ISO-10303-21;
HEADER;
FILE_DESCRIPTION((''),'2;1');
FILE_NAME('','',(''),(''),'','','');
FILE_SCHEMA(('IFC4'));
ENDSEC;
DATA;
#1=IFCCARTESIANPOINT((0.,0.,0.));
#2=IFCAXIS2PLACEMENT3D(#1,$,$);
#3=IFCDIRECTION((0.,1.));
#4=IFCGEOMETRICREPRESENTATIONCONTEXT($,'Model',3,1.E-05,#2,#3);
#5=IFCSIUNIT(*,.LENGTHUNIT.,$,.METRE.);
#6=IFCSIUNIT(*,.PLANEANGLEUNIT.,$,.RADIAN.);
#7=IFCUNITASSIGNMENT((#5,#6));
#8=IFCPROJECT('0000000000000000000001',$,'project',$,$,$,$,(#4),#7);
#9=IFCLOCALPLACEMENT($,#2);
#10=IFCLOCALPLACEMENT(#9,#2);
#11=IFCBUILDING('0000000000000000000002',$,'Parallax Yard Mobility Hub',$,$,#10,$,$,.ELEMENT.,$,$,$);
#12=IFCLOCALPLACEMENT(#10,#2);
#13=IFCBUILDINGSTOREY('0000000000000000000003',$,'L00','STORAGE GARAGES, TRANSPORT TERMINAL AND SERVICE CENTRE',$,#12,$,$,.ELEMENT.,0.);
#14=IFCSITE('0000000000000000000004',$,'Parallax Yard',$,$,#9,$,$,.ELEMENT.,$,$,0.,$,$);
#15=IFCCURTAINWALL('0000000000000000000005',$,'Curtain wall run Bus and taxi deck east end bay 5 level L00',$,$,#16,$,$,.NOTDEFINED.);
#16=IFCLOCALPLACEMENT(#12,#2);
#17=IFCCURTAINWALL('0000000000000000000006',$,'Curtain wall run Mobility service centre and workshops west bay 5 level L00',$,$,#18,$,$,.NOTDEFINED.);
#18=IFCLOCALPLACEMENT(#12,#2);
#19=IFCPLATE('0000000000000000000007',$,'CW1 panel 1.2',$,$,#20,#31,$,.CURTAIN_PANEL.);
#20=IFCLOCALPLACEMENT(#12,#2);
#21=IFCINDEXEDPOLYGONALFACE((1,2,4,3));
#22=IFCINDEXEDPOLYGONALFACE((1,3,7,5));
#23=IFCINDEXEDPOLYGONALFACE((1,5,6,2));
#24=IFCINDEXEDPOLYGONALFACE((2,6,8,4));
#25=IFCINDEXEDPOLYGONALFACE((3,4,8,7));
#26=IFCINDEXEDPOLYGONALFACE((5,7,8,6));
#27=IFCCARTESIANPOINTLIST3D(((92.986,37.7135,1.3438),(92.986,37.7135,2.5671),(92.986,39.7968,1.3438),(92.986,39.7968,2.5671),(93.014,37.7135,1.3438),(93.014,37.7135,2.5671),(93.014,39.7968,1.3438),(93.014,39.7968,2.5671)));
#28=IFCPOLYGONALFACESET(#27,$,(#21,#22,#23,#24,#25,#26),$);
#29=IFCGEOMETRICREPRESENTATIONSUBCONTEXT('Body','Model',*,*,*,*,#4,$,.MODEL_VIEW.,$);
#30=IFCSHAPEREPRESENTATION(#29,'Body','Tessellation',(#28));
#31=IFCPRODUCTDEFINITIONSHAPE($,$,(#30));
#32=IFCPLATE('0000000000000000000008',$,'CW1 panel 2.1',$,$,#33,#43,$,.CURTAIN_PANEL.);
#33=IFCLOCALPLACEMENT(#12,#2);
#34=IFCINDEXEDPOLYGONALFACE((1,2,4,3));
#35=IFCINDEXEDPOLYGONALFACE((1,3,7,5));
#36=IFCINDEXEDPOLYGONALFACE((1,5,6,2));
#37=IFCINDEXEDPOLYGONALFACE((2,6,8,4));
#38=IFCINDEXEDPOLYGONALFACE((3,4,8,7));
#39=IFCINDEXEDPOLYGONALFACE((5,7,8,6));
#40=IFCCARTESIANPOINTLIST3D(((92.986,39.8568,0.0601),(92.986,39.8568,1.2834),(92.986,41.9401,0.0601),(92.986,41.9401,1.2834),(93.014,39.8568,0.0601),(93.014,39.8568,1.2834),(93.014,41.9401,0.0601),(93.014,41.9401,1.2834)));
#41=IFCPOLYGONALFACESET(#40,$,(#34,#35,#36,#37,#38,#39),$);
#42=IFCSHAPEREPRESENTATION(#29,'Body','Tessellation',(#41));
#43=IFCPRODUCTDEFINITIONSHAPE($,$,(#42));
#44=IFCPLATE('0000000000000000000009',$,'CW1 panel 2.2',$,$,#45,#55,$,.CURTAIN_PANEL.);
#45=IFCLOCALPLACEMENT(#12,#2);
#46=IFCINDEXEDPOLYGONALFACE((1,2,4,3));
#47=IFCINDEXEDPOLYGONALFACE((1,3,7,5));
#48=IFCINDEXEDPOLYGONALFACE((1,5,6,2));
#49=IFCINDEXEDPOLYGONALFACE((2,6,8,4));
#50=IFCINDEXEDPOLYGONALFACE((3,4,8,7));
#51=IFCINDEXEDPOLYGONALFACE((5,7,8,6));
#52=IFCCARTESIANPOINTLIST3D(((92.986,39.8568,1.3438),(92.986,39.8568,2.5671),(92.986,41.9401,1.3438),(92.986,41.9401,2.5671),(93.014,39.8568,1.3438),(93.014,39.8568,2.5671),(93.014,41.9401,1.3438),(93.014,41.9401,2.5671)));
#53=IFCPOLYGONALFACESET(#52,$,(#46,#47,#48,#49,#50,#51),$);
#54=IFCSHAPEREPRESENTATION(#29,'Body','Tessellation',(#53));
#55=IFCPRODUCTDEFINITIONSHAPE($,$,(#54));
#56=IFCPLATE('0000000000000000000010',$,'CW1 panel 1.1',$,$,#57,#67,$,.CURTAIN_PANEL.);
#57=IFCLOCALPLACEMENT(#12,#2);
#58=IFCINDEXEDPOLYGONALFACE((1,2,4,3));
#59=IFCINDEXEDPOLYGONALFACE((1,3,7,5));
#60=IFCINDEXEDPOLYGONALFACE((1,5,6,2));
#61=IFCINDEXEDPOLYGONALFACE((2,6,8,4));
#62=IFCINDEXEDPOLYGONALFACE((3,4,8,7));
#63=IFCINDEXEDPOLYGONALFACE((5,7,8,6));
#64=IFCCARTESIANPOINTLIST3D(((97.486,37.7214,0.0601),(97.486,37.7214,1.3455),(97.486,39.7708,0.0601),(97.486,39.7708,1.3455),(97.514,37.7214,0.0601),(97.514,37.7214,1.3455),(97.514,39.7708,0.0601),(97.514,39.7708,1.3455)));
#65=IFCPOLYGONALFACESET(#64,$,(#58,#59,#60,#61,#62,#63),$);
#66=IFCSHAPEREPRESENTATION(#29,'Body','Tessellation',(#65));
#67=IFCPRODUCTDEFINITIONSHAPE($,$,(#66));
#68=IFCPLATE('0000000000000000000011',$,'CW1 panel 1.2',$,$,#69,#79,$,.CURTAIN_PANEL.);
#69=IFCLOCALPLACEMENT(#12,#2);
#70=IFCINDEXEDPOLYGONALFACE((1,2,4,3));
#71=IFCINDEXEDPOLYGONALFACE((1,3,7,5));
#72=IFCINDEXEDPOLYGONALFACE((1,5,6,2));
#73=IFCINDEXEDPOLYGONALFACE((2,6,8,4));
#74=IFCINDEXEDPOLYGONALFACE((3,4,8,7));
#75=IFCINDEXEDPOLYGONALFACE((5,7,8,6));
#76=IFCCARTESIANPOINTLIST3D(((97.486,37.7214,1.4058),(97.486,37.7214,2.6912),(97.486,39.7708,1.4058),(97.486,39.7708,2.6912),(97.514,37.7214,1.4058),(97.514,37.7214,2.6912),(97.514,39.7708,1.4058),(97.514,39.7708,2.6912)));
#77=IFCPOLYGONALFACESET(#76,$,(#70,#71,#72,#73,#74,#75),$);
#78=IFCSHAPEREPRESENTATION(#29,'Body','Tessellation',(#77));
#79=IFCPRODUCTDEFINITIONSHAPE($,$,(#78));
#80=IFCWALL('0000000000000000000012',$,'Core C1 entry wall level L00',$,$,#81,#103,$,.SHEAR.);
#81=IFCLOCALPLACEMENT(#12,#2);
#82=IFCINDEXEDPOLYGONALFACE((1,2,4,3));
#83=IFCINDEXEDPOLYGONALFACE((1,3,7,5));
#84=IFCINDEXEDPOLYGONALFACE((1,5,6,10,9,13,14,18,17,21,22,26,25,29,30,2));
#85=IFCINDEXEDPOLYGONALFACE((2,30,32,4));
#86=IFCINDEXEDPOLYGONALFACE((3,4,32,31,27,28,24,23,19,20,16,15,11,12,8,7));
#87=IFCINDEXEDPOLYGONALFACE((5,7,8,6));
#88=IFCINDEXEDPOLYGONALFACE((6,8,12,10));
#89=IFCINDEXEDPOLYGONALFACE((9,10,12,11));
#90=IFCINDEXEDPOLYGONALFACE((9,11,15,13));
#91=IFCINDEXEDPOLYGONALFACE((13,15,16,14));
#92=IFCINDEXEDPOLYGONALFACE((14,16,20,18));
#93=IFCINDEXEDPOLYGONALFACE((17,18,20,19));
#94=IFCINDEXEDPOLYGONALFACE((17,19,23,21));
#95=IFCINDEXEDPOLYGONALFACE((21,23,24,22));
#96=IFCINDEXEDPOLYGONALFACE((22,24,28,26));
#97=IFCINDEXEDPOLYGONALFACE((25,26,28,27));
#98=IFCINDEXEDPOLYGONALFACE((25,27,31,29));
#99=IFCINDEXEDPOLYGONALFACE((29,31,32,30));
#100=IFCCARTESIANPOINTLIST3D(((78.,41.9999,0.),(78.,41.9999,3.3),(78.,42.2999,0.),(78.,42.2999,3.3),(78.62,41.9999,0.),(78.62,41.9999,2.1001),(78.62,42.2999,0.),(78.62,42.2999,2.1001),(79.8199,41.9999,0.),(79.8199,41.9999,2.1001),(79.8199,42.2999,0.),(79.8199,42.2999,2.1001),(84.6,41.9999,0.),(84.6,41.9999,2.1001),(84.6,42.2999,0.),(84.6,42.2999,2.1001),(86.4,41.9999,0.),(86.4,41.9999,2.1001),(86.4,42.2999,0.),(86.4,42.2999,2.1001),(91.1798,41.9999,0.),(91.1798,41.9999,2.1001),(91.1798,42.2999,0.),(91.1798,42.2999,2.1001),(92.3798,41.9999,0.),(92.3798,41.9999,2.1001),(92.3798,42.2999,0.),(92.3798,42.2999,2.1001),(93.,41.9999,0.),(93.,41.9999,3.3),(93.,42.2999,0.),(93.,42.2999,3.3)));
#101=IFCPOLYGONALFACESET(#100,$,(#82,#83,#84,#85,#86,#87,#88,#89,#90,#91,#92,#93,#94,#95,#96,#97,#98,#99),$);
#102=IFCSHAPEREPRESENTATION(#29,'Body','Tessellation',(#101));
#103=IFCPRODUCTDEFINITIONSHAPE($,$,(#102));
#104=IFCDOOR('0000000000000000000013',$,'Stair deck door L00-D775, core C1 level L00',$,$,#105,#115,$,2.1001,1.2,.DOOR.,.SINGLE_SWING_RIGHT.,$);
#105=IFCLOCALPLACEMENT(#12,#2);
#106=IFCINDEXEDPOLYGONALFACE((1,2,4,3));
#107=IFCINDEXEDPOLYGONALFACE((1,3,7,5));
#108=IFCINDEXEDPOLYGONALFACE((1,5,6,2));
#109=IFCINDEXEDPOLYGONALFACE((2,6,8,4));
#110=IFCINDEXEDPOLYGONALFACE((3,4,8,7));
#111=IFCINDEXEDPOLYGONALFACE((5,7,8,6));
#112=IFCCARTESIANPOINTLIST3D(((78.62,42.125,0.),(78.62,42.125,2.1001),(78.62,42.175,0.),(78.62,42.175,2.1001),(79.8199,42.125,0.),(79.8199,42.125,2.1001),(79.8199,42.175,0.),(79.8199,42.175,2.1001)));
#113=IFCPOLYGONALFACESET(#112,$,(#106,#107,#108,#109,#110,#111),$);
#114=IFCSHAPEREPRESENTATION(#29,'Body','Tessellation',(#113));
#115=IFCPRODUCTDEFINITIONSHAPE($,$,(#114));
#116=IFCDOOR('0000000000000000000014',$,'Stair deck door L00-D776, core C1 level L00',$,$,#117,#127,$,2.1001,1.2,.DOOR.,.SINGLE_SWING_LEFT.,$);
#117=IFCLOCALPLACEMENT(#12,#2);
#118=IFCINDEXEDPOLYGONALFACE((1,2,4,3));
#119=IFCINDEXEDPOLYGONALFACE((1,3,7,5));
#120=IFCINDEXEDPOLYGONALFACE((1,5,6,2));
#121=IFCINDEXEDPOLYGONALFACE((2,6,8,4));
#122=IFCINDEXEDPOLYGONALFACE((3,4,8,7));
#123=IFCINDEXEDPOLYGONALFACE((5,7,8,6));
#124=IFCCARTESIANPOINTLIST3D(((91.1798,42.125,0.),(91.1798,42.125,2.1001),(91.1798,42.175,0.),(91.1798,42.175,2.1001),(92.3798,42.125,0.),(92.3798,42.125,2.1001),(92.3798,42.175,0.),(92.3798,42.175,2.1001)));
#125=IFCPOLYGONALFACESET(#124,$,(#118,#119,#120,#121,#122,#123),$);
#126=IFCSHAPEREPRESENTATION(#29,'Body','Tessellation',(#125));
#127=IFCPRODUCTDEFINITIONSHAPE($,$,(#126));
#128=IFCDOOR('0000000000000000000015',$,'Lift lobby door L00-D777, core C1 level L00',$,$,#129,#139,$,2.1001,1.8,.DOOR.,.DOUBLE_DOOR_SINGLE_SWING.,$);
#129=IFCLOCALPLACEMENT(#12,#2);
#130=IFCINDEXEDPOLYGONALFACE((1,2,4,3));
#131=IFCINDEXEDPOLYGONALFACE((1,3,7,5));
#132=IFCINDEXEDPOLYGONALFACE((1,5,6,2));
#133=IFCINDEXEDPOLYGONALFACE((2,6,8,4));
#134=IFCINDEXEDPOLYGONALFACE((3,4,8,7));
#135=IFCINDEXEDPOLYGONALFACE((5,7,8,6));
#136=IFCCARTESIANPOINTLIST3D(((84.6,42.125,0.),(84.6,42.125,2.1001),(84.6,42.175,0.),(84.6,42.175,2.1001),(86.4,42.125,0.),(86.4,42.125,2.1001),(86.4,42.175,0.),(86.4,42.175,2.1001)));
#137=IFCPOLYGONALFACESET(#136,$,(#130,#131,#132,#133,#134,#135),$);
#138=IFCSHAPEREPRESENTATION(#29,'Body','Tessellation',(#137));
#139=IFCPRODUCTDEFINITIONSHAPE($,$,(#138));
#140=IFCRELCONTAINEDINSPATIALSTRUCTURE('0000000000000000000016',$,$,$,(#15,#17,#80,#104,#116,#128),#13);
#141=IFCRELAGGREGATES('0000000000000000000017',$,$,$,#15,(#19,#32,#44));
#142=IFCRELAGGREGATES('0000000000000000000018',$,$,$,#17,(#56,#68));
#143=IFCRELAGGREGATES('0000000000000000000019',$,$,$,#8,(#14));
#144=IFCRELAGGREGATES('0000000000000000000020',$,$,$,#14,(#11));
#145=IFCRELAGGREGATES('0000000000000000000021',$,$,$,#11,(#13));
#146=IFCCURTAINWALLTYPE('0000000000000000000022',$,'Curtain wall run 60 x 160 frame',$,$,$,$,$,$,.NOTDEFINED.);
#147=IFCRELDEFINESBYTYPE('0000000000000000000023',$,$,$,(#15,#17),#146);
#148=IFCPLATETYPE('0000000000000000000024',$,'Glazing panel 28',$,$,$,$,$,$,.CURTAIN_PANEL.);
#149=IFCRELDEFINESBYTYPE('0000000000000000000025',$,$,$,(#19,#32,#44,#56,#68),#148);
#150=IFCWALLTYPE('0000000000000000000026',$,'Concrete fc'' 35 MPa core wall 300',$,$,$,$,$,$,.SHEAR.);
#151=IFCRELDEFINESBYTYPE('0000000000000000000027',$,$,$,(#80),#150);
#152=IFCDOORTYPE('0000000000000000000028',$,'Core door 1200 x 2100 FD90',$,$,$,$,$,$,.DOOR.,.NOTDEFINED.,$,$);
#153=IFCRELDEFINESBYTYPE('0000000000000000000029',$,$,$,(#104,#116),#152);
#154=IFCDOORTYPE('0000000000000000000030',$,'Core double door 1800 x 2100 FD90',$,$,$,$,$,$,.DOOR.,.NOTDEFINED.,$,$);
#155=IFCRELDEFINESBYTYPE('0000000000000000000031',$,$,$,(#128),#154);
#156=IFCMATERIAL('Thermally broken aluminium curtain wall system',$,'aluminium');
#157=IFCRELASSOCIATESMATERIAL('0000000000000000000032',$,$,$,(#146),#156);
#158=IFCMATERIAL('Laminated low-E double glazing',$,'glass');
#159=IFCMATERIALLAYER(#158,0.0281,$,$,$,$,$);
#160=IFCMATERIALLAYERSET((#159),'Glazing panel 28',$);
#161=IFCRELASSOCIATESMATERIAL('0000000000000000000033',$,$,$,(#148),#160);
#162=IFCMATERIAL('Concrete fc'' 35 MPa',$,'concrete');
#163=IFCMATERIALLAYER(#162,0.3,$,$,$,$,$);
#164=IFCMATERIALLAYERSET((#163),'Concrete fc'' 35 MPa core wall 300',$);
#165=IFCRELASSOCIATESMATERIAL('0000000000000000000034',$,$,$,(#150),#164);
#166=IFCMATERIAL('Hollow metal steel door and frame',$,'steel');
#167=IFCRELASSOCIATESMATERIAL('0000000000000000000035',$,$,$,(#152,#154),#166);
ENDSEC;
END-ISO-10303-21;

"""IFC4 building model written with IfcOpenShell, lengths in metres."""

from ifc_helpers import new_model, si_unit, direction, frame, frame_2d, origin, origin_2d, place, context, subcontext, project, spatial, rectangle, extrude, material, layer, layer_set, type_object, element, fill, aggregate, save


model = new_model("IFC4")

# Units and contexts
model_context = context("Model", 3, precision=1e-05, world=origin(), true_north=direction((0.0, 1.0)))
body_context = subcontext(model_context, "Body", "Model", "MODEL_VIEW")
ifc_project = project(units=[si_unit("LENGTHUNIT", "METRE"), si_unit("PLANEANGLEUNIT", "RADIAN")], contexts=[model_context])

# Site, building, storey
site_placement = place(None, origin())
site = spatial("IfcSite", under=ifc_project, at=site_placement, Name="Parallax Yard", CompositionType="ELEMENT", RefElevation=0.0)
building_placement = place(site_placement, origin())
building = spatial("IfcBuilding", under=site, at=building_placement, Name="Parallax Yard Mobility Hub", CompositionType="ELEMENT")
storey_placement = place(building_placement, origin())
storey = spatial("IfcBuildingStorey", under=building, at=storey_placement, Name="L00", Description="STORAGE GARAGES, TRANSPORT TERMINAL AND SERVICE CENTRE", CompositionType="ELEMENT", Elevation=0.0)

# Curtain wall
ifc_material_1 = material(Name="Thermally broken aluminium curtain wall system", Category="aluminium")
curtain_wall_type = type_object("IfcCurtainWallType", Name="Curtain wall run 60 x 160 frame", PredefinedType="NOTDEFINED", material=ifc_material_1)
curtain_wall_1_placement = place(storey_placement, origin())
curtain_wall_1 = element("IfcCurtainWall", 1, at=curtain_wall_1_placement, inside=storey, type_object=curtain_wall_type, Name="Curtain wall run Bus and taxi deck east end bay 5 level L00", PredefinedType="NOTDEFINED")

# Curtain wall
curtain_wall_2_placement = place(storey_placement, origin())
curtain_wall_2 = element("IfcCurtainWall", 2, at=curtain_wall_2_placement, inside=storey, type_object=curtain_wall_type, Name="Curtain wall run Mobility service centre and workshops west bay 5 level L00", PredefinedType="NOTDEFINED")

# Plates
ifc_material_2 = material(Name="Laminated low-E double glazing", Category="glass")
ifc_layer_1 = layer(ifc_material_2, 0.0281)
ifc_layer_set_1 = layer_set([ifc_layer_1], Name="Glazing panel 28")
plate_type = type_object("IfcPlateType", Name="Glazing panel 28", PredefinedType="CURTAIN_PANEL", material=ifc_layer_set_1)
plate_1_placement = place(storey_placement, frame((93.0, 38.7551, 1.3438), z_axis=(0.0, 0.0, 1.0), x_axis=(0.0, 1.0, 0.0)))
plate_1 = element("IfcPlate", 3, at=plate_1_placement, type_object=plate_type, Name="CW1 panel 1.2", PredefinedType="CURTAIN_PANEL", context=body_context, shape_type="SweptSolid", body=[
    extrude(rectangle(XDim=2.0833, YDim=0.0281, at=origin_2d()), origin(), (0.0, 0.0, 1.0), 1.2234),
])
plate_2_placement = place(storey_placement, frame((93.0, 40.8984, 0.0601), z_axis=(0.0, 0.0, 1.0), x_axis=(0.0, 1.0, 0.0)))
plate_2 = element("IfcPlate", 4, at=plate_2_placement, type_object=plate_type, Name="CW1 panel 2.1", PredefinedType="CURTAIN_PANEL", context=body_context, shape_type="SweptSolid", body=[
    extrude(rectangle(XDim=2.0833, YDim=0.0281, at=origin_2d()), origin(), (0.0, 0.0, 1.0), 1.2234),
])
plate_3_placement = place(storey_placement, frame((93.0, 40.8984, 1.3438), z_axis=(0.0, 0.0, 1.0), x_axis=(0.0, 1.0, 0.0)))
plate_3 = element("IfcPlate", 5, at=plate_3_placement, type_object=plate_type, Name="CW1 panel 2.2", PredefinedType="CURTAIN_PANEL", context=body_context, shape_type="SweptSolid", body=[
    extrude(rectangle(XDim=2.0833, YDim=0.0281, at=origin_2d()), origin(), (0.0, 0.0, 1.0), 1.2234),
])
aggregate(curtain_wall_1, [plate_1, plate_2, plate_3])
plate_4_placement = place(storey_placement, frame((97.5, 38.7461, 0.0601), z_axis=(0.0, 0.0, 1.0), x_axis=(0.0, 1.0, 0.0)))
plate_4 = element("IfcPlate", 6, at=plate_4_placement, type_object=plate_type, Name="CW1 panel 1.1", PredefinedType="CURTAIN_PANEL", context=body_context, shape_type="SweptSolid", body=[
    extrude(rectangle(XDim=2.0493, YDim=0.0281, at=origin_2d()), origin(), (0.0, 0.0, 1.0), 1.2854),
])
plate_5_placement = place(storey_placement, frame((97.5, 38.7461, 1.4058), z_axis=(0.0, 0.0, 1.0), x_axis=(0.0, 1.0, 0.0)))
plate_5 = element("IfcPlate", 7, at=plate_5_placement, type_object=plate_type, Name="CW1 panel 1.2", PredefinedType="CURTAIN_PANEL", context=body_context, shape_type="SweptSolid", body=[
    extrude(rectangle(XDim=2.0493, YDim=0.0281, at=origin_2d()), origin(), (0.0, 0.0, 1.0), 1.2854),
])
aggregate(curtain_wall_2, [plate_4, plate_5])

# Wall, openings, doors
ifc_material_3 = material(Name="Concrete fc' 35 MPa", Category="concrete")
ifc_layer_2 = layer(ifc_material_3, 0.3)
ifc_layer_set_2 = layer_set([ifc_layer_2], Name="Concrete fc' 35 MPa core wall 300")
wall_type_1 = type_object("IfcWallType", Name="Concrete fc' 35 MPa core wall 300", PredefinedType="SHEAR", material=ifc_layer_set_2)
wall_1_placement = place(storey_placement, frame((93.0, 42.1499, 0.0), z_axis=(0.0, 0.0, 1.0), x_axis=(-1.0, 0.0, 0.0)))
wall_1 = element("IfcWall", 8, at=wall_1_placement, inside=storey, type_object=wall_type_1, Name="Core C1 entry wall level L00", PredefinedType="SHEAR", context=body_context, shape_type="SweptSolid", body=[
    extrude(rectangle(XDim=15.0, YDim=0.3, at=frame_2d((7.5, 0.0))), origin(), (0.0, 0.0, 1.0), 3.3),
])
opening_1_placement = place(wall_1_placement, frame((13.1799, 0.0, 0.0)))
opening_1 = element("IfcOpeningElement", 9, at=opening_1_placement, cuts=wall_1, PredefinedType="OPENING", context=body_context, shape_type="SweptSolid", body=[
    extrude(rectangle(XDim=1.2, YDim=2.1001, at=frame_2d((0.6001, 1.05))), frame((0.0, 0.1602, 0.0), z_axis=(0.0, -1.0, 0.0), x_axis=(1.0, 0.0, 0.0)), (0.0, 0.0, 1.0), 0.3201),
])
opening_2_placement = place(wall_1_placement, frame((0.6201, 0.0, 0.0)))
opening_2 = element("IfcOpeningElement", 10, at=opening_2_placement, cuts=wall_1, PredefinedType="OPENING", context=body_context, shape_type="SweptSolid", body=[
    extrude(rectangle(XDim=1.2, YDim=2.1001, at=frame_2d((0.6001, 1.05))), frame((0.0, 0.1602, 0.0), z_axis=(0.0, -1.0, 0.0), x_axis=(1.0, 0.0, 0.0)), (0.0, 0.0, 1.0), 0.3201),
])
opening_3_placement = place(wall_1_placement, frame((6.6001, 0.0, 0.0)))
opening_3 = element("IfcOpeningElement", 11, at=opening_3_placement, cuts=wall_1, PredefinedType="OPENING", context=body_context, shape_type="SweptSolid", body=[
    extrude(rectangle(XDim=1.8, YDim=2.1001, at=frame_2d((0.8999, 1.05))), frame((0.0, 0.1602, 0.0), z_axis=(0.0, -1.0, 0.0), x_axis=(1.0, 0.0, 0.0)), (0.0, 0.0, 1.0), 0.3201),
])
ifc_material_4 = material(Name="Hollow metal steel door and frame", Category="steel")
door_type_1 = type_object("IfcDoorType", Name="Core door 1200 x 2100 FD90", OperationType="NOTDEFINED", PredefinedType="DOOR", material=ifc_material_4)
door_1_placement = place(opening_1_placement, origin())
door_1 = element("IfcDoor", 12, at=door_1_placement, inside=storey, type_object=door_type_1, Name="Stair deck door L00-D775, core C1 level L00", OperationType="SINGLE_SWING_RIGHT", OverallHeight=2.1001, OverallWidth=1.2, PredefinedType="DOOR", context=body_context, shape_type="SweptSolid", body=[
    extrude(rectangle(XDim=1.2, YDim=2.1001, at=frame_2d((0.6001, 1.05))), frame((0.0, 0.0249, 0.0), z_axis=(0.0, -1.0, 0.0), x_axis=(1.0, 0.0, 0.0)), (0.0, 0.0, 1.0), 0.05),
])
fill(opening_1, door_1)
door_2_placement = place(opening_2_placement, origin())
door_2 = element("IfcDoor", 13, at=door_2_placement, inside=storey, type_object=door_type_1, Name="Stair deck door L00-D776, core C1 level L00", OperationType="SINGLE_SWING_LEFT", OverallHeight=2.1001, OverallWidth=1.2, PredefinedType="DOOR", context=body_context, shape_type="SweptSolid", body=[
    extrude(rectangle(XDim=1.2, YDim=2.1001, at=frame_2d((0.6001, 1.05))), frame((0.0, 0.0249, 0.0), z_axis=(0.0, -1.0, 0.0), x_axis=(1.0, 0.0, 0.0)), (0.0, 0.0, 1.0), 0.05),
])
fill(opening_2, door_2)
door_type_2 = type_object("IfcDoorType", Name="Core double door 1800 x 2100 FD90", OperationType="NOTDEFINED", PredefinedType="DOOR", material=ifc_material_4)
door_3_placement = place(opening_3_placement, origin())
door_3 = element("IfcDoor", 14, at=door_3_placement, inside=storey, type_object=door_type_2, Name="Lift lobby door L00-D777, core C1 level L00", OperationType="DOUBLE_DOOR_SINGLE_SWING", OverallHeight=2.1001, OverallWidth=1.8, PredefinedType="DOOR", context=body_context, shape_type="SweptSolid", body=[
    extrude(rectangle(XDim=1.8, YDim=2.1001, at=frame_2d((0.8999, 1.05))), frame((0.0, 0.0249, 0.0), z_axis=(0.0, -1.0, 0.0), x_axis=(1.0, 0.0, 0.0)), (0.0, 0.0, 1.0), 0.05),
])
fill(opening_3, door_3)

save(model, "model.ifc")
